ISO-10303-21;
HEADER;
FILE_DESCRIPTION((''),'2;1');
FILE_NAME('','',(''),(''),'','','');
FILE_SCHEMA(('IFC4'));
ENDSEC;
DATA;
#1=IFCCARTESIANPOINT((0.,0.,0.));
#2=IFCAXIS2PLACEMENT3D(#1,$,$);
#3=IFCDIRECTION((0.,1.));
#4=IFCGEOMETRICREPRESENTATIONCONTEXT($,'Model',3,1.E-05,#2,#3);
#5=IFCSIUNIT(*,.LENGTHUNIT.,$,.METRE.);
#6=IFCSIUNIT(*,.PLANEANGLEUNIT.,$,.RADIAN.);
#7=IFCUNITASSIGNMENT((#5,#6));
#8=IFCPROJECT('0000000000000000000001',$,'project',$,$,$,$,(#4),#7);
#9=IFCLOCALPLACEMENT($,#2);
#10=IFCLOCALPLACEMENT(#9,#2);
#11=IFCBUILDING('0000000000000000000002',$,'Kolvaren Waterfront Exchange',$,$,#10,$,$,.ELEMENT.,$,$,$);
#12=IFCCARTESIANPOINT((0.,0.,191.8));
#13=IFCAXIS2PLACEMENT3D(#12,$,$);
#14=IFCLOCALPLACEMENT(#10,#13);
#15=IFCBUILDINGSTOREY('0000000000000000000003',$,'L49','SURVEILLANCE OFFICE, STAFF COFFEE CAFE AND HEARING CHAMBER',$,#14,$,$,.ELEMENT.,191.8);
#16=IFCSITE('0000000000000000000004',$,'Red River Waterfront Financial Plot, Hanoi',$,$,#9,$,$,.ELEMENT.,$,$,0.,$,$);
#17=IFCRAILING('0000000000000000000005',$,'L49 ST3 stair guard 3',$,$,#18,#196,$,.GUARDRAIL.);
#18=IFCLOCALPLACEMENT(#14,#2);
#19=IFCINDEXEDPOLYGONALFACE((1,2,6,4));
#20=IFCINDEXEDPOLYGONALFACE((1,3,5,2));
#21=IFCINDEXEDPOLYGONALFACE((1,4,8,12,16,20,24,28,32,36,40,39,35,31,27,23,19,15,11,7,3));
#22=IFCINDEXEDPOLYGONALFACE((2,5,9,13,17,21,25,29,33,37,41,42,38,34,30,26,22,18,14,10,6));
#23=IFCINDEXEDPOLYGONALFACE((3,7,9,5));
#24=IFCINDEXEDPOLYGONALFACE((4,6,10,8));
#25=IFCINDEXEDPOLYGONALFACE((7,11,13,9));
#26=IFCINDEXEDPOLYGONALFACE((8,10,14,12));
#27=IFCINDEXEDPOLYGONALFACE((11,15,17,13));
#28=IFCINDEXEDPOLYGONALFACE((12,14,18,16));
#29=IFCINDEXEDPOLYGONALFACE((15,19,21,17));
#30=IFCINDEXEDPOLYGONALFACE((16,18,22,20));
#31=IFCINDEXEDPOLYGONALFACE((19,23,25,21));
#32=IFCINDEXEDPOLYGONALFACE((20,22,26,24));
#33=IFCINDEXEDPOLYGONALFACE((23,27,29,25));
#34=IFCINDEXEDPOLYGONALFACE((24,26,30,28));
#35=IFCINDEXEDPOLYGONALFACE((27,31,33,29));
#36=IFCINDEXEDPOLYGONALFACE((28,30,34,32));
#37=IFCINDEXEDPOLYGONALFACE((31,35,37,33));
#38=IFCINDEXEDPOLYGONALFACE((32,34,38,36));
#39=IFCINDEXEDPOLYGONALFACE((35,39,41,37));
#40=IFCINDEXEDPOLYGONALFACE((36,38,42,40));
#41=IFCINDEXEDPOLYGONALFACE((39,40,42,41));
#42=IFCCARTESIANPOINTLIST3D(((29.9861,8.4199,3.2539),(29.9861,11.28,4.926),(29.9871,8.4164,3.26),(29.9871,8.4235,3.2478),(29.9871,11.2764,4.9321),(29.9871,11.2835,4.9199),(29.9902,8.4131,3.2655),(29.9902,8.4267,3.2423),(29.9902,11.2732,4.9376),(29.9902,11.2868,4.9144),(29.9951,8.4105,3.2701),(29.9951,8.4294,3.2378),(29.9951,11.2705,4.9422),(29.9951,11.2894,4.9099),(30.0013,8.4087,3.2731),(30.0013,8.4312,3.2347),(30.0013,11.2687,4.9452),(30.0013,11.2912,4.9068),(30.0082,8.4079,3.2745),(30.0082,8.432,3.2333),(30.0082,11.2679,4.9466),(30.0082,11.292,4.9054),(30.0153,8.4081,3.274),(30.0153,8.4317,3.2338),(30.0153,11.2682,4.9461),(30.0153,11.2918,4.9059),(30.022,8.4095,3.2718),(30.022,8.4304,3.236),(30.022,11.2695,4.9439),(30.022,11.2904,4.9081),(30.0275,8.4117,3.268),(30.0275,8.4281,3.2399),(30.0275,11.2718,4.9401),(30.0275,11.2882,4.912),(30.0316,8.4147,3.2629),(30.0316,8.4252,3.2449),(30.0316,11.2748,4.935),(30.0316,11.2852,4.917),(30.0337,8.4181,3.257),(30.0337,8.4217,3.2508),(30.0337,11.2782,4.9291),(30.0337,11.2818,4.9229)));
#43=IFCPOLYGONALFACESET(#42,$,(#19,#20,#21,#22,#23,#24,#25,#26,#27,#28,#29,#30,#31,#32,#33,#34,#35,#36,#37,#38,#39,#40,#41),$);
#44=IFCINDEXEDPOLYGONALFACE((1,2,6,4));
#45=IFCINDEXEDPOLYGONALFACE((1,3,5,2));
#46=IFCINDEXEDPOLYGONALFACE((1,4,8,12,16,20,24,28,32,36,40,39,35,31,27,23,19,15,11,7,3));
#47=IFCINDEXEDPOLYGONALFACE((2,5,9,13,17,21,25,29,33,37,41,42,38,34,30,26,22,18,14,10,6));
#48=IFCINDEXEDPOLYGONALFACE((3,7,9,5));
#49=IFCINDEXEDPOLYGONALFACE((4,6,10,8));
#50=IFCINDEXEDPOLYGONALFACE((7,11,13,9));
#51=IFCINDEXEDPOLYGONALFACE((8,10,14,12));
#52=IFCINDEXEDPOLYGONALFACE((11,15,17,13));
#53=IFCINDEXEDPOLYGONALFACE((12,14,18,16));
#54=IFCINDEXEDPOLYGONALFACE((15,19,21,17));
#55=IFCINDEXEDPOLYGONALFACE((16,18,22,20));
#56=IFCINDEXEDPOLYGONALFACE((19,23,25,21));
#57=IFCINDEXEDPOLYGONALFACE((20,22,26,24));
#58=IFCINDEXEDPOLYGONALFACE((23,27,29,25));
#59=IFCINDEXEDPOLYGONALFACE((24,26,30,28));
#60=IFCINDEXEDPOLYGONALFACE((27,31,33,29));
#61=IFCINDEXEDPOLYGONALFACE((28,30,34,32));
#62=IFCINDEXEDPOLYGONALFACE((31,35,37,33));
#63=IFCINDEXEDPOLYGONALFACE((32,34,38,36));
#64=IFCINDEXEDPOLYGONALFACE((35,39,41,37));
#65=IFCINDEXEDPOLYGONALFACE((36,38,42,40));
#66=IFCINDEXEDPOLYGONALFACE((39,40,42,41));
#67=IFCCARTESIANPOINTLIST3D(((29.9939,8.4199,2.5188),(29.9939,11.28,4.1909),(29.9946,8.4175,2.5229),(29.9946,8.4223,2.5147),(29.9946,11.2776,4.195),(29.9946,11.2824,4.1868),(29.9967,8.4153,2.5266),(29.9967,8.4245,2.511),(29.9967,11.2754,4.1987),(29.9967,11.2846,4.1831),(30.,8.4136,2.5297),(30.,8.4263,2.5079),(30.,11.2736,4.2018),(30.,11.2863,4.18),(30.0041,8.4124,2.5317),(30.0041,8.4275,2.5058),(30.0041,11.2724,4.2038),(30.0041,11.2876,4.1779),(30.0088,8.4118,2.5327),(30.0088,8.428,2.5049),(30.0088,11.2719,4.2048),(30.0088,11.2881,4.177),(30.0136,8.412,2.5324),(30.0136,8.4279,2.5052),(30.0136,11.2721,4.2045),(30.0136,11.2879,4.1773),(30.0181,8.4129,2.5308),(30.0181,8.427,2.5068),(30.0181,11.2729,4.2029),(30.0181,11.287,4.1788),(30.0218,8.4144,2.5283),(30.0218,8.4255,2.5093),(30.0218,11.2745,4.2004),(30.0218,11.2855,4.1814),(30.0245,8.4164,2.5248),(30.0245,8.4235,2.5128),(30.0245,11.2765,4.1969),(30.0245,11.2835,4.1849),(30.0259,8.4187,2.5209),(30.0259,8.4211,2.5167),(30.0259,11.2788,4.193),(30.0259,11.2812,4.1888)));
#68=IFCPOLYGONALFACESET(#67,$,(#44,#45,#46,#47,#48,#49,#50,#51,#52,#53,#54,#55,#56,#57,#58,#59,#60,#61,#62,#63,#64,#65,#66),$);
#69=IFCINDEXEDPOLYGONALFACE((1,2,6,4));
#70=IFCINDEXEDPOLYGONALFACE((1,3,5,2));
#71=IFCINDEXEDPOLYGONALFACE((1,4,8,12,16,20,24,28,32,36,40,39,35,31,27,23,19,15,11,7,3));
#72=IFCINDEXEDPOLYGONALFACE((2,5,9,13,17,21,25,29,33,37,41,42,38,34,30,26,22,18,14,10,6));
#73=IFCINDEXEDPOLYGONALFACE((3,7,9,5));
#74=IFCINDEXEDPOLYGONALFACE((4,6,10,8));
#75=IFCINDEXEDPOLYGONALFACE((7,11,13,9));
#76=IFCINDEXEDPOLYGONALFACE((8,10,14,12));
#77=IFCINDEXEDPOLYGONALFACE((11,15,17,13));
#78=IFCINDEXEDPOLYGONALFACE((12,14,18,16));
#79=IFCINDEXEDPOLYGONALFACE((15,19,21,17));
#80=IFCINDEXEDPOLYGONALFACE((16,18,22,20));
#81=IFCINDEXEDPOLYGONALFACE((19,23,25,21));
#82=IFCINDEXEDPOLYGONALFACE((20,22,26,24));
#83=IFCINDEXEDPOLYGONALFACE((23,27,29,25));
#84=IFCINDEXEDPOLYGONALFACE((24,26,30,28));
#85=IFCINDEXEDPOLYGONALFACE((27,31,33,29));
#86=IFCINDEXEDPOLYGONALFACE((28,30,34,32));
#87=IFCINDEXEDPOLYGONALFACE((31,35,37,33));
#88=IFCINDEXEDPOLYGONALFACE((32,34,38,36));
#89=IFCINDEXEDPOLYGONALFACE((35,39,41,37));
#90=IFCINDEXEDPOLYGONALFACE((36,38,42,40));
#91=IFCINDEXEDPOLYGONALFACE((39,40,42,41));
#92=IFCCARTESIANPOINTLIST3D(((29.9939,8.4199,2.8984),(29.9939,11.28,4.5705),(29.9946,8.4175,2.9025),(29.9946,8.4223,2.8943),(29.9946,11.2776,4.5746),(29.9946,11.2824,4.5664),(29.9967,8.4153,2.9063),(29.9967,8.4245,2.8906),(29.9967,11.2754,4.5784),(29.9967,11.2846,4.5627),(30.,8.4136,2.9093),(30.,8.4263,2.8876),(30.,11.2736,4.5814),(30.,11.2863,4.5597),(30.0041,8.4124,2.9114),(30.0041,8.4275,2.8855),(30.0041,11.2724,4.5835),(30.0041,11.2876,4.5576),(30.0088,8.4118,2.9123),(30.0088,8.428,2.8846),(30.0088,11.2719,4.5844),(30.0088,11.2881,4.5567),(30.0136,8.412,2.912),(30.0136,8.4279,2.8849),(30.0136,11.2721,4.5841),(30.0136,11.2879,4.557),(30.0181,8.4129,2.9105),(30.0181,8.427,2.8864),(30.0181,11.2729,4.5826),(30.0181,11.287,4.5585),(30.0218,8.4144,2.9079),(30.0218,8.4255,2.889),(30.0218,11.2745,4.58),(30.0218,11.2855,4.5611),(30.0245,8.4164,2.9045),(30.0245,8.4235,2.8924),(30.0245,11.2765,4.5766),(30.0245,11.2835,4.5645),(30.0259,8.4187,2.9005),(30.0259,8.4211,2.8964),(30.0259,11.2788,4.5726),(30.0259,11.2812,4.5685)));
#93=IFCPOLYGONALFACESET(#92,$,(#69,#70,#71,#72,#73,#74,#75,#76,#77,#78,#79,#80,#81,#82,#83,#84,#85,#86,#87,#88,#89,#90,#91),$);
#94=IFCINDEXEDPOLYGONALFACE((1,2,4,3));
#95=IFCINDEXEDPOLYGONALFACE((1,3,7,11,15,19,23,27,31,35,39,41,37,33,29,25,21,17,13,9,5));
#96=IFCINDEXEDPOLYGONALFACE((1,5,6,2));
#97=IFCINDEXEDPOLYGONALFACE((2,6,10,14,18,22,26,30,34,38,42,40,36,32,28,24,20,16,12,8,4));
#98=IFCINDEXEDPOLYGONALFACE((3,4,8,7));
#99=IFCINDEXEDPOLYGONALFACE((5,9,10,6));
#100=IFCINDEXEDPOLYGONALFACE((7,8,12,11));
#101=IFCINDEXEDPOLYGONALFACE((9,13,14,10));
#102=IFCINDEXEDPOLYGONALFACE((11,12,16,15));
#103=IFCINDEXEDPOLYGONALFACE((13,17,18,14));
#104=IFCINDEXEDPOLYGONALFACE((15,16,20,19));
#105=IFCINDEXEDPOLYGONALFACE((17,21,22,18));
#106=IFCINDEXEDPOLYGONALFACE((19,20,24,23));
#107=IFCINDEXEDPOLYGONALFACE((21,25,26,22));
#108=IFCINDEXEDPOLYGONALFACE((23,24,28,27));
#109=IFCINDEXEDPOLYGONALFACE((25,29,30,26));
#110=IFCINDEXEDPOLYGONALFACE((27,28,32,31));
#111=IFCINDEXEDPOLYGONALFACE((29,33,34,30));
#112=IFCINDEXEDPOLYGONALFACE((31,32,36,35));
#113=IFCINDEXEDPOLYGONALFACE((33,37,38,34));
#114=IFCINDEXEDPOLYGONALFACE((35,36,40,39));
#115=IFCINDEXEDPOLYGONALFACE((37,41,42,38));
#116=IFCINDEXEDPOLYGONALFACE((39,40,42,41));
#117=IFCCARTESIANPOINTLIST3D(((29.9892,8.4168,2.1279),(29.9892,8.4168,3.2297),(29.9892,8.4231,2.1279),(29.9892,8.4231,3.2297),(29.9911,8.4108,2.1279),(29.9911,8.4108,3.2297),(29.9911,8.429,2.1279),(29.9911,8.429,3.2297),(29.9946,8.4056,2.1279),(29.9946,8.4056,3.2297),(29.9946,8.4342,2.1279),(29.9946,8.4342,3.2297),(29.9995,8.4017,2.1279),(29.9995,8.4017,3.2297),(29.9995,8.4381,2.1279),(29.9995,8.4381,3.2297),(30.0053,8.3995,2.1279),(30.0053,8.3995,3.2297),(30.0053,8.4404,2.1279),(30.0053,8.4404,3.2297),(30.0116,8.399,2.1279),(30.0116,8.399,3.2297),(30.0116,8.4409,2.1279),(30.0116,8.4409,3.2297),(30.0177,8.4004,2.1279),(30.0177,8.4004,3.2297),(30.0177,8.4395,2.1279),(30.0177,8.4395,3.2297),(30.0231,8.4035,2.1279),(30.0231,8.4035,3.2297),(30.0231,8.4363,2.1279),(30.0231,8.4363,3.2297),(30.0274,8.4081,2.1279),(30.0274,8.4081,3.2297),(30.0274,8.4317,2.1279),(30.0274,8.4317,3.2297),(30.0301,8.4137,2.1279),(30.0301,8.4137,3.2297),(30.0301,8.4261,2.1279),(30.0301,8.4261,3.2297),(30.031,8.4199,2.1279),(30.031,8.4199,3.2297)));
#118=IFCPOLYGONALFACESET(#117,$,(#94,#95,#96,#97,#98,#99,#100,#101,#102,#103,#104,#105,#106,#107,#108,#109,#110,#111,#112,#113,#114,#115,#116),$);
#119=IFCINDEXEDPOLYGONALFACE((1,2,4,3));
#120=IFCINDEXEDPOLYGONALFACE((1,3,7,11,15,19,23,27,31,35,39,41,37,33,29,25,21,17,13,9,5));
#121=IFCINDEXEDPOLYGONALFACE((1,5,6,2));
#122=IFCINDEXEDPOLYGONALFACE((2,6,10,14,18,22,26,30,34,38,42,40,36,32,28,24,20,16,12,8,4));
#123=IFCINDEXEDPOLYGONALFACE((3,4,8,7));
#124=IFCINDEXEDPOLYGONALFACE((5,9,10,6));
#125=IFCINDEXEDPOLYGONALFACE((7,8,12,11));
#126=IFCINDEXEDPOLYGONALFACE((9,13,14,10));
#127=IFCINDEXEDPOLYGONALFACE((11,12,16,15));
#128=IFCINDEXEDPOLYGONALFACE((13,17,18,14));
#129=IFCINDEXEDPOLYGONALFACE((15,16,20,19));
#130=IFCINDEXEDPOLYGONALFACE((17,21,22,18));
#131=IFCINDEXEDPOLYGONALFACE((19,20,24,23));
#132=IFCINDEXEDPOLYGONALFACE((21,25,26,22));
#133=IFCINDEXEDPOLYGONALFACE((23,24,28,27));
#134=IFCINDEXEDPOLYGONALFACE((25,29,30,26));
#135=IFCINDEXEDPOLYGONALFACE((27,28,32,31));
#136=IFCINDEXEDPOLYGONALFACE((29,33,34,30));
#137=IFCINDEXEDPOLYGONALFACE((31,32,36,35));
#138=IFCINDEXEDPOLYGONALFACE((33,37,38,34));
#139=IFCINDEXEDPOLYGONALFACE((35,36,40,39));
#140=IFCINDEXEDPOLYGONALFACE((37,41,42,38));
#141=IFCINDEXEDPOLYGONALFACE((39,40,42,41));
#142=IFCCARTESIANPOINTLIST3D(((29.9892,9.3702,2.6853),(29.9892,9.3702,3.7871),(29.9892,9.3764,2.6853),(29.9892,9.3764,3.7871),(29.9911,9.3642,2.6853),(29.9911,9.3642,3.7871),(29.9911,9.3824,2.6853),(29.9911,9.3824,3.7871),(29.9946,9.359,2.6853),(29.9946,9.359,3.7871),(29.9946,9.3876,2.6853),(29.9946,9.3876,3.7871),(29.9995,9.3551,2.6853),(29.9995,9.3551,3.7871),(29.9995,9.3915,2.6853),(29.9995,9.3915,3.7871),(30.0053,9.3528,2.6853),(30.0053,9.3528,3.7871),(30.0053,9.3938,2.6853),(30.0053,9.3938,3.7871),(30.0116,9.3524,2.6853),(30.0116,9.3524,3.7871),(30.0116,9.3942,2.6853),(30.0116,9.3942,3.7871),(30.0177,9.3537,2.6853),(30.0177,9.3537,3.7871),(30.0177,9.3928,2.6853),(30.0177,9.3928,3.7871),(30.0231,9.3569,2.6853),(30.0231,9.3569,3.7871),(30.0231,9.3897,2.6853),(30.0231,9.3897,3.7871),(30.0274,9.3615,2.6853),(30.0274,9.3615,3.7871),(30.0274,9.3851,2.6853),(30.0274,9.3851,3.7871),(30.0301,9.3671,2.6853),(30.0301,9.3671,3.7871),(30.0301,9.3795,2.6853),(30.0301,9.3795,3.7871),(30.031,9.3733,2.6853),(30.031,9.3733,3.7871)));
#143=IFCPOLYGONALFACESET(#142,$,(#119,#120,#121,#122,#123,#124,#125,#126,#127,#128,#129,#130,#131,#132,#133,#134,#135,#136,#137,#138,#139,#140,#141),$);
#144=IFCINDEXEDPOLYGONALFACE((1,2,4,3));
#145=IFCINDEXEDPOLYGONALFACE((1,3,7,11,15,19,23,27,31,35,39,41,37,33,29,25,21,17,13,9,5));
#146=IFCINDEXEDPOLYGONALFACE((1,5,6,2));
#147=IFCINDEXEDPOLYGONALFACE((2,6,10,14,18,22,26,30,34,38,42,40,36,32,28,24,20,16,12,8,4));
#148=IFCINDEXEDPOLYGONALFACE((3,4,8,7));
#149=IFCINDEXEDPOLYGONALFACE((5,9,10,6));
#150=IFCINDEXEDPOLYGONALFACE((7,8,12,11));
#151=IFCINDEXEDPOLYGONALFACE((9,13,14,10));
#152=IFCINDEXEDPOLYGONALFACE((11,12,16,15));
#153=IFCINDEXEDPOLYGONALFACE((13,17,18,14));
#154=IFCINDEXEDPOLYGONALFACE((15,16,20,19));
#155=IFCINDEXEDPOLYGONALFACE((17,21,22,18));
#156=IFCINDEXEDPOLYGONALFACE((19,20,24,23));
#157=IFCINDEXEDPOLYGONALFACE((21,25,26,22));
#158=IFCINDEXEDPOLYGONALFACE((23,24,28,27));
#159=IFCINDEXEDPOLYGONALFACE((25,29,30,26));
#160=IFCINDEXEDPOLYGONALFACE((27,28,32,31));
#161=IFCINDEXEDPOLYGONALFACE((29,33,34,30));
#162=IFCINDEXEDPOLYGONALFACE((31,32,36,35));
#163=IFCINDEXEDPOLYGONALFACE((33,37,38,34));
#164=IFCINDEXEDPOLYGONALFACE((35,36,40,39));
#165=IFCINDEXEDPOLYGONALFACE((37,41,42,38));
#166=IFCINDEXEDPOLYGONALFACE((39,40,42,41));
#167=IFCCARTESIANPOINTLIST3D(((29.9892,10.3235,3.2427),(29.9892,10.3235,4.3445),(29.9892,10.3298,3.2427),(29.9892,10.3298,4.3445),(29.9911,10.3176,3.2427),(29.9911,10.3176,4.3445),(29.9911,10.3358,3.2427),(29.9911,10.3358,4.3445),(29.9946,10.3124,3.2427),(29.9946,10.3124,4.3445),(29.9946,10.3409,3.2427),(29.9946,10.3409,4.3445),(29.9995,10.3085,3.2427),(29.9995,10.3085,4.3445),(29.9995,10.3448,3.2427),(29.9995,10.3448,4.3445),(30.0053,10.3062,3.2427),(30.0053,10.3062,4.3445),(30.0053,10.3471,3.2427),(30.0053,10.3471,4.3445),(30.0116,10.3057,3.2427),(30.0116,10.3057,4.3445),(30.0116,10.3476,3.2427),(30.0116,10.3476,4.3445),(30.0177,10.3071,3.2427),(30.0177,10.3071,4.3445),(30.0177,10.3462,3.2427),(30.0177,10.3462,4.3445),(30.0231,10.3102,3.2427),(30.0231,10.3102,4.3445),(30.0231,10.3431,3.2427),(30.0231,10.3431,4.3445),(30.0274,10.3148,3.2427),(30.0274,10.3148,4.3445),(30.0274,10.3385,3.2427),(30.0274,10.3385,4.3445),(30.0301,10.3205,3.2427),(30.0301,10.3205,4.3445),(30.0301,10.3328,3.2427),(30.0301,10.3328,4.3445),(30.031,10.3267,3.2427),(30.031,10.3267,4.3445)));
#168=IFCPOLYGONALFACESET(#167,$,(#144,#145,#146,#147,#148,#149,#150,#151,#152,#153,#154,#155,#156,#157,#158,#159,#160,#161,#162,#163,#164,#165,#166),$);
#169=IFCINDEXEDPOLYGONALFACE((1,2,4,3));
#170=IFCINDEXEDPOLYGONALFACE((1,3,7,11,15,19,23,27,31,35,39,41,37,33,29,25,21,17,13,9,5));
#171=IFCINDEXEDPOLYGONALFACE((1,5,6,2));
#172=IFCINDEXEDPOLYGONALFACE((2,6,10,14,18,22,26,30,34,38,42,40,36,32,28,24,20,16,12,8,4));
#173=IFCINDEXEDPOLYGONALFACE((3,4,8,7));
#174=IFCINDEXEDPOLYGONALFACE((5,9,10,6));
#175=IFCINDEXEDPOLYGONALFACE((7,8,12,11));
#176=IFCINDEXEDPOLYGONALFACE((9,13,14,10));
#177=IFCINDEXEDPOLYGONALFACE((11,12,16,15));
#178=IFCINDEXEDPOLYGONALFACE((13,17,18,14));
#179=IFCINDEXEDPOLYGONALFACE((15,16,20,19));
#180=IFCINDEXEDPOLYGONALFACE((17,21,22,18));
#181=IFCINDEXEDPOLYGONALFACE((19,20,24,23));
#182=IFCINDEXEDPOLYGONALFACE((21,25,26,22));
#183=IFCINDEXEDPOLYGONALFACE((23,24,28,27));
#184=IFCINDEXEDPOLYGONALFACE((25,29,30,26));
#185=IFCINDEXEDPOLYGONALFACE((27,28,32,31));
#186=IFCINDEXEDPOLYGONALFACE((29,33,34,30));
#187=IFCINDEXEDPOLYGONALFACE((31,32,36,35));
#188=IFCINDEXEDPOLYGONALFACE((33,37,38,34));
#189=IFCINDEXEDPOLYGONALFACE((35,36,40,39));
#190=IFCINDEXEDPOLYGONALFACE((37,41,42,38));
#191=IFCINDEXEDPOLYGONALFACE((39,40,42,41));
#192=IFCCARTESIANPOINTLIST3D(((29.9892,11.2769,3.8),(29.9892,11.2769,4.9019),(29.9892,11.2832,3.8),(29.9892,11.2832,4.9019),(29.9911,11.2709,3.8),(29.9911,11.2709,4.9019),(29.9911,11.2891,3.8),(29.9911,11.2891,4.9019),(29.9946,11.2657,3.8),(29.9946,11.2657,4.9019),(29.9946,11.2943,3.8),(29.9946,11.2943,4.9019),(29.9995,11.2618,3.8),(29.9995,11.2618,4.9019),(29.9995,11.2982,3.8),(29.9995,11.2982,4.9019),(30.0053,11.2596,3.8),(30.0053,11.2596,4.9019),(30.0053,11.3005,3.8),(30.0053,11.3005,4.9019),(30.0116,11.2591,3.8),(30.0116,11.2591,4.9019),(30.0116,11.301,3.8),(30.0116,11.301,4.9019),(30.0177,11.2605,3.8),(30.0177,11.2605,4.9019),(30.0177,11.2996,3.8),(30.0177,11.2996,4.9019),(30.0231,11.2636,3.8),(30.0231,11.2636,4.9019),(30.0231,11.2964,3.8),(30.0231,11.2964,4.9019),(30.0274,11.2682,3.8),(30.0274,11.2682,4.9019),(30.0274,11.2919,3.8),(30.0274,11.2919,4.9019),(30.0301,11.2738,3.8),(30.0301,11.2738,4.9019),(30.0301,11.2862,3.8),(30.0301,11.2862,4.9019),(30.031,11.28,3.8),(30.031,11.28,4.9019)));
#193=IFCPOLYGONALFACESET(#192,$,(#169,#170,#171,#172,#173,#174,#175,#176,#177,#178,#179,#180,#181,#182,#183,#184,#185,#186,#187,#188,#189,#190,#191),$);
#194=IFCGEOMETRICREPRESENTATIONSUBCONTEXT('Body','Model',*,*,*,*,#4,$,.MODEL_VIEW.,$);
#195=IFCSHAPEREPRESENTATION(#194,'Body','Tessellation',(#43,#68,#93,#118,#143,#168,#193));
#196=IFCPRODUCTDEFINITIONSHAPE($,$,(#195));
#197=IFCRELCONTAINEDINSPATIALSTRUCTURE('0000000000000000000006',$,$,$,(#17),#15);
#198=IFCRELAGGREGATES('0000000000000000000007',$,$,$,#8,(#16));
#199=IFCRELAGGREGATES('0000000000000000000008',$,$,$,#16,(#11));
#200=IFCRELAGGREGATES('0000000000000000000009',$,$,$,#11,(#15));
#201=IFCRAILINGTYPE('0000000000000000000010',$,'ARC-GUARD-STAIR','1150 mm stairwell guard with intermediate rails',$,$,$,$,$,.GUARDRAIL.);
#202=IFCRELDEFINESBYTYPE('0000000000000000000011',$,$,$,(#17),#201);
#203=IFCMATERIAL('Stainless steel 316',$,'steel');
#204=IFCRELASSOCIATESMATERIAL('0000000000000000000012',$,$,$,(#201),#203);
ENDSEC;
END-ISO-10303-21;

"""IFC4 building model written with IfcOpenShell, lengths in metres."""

from ifc_helpers import new_model, si_unit, direction, frame, origin, origin_2d, place, context, subcontext, project, spatial, circle, extrude, material, type_object, element, save


model = new_model("IFC4")

# Units and contexts
model_context = context("Model", 3, precision=1e-05, world=origin(), true_north=direction((0.0, 1.0)))
body_context = subcontext(model_context, "Body", "Model", "MODEL_VIEW")
ifc_project = project(units=[si_unit("LENGTHUNIT", "METRE"), si_unit("PLANEANGLEUNIT", "RADIAN")], contexts=[model_context])

# Site, building, storey
site_placement = place(None, origin())
site = spatial("IfcSite", under=ifc_project, at=site_placement, Name="Red River Waterfront Financial Plot, Hanoi", CompositionType="ELEMENT", RefElevation=0.0)
building_placement = place(site_placement, origin())
building = spatial("IfcBuilding", under=site, at=building_placement, Name="Kolvaren Waterfront Exchange", CompositionType="ELEMENT")
storey_placement = place(building_placement, frame((0.0, 0.0, 191.8)))
storey = spatial("IfcBuildingStorey", under=building, at=storey_placement, Name="L49", Description="SURVEILLANCE OFFICE, STAFF COFFEE CAFE AND HEARING CHAMBER", CompositionType="ELEMENT", Elevation=191.8)

# Railing
ifc_material_1 = material(Name="Stainless steel 316", Category="steel")
railing_type_1 = type_object("IfcRailingType", Name="ARC-GUARD-STAIR", Description="1150 mm stairwell guard with intermediate rails", PredefinedType="GUARDRAIL", material=ifc_material_1)
railing_1_placement = place(storey_placement, frame((30.01, 8.4199, 2.1279)))
element("IfcRailing", 1, at=railing_1_placement, inside=storey, type_object=railing_type_1, Name="L49 ST3 stair guard 3", PredefinedType="GUARDRAIL", context=body_context, shape_type="SweptSolid", body=[
    extrude(circle(Radius=0.0239, at=origin_2d()), frame((0.0, 0.0, 1.126), z_axis=(0.0, 0.863289, 0.504709), x_axis=(-1.0, 0.0, 0.0)), (0.0, 0.0, 1.0), 3.313),
    extrude(circle(Radius=0.0161, at=origin_2d()), frame((0.0, 0.0, 0.3909), z_axis=(0.0, 0.863289, 0.504709), x_axis=(-1.0, 0.0, 0.0)), (0.0, 0.0, 1.0), 3.313),
    extrude(circle(Radius=0.0161, at=origin_2d()), frame((0.0, 0.0, 0.7705), z_axis=(0.0, 0.863289, 0.504709), x_axis=(-1.0, 0.0, 0.0)), (0.0, 0.0, 1.0), 3.313),
    extrude(circle(Radius=0.021, at=origin_2d()), origin(), (0.0, 0.0, 1.0), 1.1018),
    extrude(circle(Radius=0.021, at=origin_2d()), frame((0.0, 0.9534, 0.5574)), (0.0, 0.0, 1.0), 1.1018),
    extrude(circle(Radius=0.021, at=origin_2d()), frame((0.0, 1.9067, 1.1147)), (0.0, 0.0, 1.0), 1.1018),
    extrude(circle(Radius=0.021, at=origin_2d()), frame((0.0, 2.8601, 1.6721)), (0.0, 0.0, 1.0), 1.1018),
])

save(model, "model.ifc")
